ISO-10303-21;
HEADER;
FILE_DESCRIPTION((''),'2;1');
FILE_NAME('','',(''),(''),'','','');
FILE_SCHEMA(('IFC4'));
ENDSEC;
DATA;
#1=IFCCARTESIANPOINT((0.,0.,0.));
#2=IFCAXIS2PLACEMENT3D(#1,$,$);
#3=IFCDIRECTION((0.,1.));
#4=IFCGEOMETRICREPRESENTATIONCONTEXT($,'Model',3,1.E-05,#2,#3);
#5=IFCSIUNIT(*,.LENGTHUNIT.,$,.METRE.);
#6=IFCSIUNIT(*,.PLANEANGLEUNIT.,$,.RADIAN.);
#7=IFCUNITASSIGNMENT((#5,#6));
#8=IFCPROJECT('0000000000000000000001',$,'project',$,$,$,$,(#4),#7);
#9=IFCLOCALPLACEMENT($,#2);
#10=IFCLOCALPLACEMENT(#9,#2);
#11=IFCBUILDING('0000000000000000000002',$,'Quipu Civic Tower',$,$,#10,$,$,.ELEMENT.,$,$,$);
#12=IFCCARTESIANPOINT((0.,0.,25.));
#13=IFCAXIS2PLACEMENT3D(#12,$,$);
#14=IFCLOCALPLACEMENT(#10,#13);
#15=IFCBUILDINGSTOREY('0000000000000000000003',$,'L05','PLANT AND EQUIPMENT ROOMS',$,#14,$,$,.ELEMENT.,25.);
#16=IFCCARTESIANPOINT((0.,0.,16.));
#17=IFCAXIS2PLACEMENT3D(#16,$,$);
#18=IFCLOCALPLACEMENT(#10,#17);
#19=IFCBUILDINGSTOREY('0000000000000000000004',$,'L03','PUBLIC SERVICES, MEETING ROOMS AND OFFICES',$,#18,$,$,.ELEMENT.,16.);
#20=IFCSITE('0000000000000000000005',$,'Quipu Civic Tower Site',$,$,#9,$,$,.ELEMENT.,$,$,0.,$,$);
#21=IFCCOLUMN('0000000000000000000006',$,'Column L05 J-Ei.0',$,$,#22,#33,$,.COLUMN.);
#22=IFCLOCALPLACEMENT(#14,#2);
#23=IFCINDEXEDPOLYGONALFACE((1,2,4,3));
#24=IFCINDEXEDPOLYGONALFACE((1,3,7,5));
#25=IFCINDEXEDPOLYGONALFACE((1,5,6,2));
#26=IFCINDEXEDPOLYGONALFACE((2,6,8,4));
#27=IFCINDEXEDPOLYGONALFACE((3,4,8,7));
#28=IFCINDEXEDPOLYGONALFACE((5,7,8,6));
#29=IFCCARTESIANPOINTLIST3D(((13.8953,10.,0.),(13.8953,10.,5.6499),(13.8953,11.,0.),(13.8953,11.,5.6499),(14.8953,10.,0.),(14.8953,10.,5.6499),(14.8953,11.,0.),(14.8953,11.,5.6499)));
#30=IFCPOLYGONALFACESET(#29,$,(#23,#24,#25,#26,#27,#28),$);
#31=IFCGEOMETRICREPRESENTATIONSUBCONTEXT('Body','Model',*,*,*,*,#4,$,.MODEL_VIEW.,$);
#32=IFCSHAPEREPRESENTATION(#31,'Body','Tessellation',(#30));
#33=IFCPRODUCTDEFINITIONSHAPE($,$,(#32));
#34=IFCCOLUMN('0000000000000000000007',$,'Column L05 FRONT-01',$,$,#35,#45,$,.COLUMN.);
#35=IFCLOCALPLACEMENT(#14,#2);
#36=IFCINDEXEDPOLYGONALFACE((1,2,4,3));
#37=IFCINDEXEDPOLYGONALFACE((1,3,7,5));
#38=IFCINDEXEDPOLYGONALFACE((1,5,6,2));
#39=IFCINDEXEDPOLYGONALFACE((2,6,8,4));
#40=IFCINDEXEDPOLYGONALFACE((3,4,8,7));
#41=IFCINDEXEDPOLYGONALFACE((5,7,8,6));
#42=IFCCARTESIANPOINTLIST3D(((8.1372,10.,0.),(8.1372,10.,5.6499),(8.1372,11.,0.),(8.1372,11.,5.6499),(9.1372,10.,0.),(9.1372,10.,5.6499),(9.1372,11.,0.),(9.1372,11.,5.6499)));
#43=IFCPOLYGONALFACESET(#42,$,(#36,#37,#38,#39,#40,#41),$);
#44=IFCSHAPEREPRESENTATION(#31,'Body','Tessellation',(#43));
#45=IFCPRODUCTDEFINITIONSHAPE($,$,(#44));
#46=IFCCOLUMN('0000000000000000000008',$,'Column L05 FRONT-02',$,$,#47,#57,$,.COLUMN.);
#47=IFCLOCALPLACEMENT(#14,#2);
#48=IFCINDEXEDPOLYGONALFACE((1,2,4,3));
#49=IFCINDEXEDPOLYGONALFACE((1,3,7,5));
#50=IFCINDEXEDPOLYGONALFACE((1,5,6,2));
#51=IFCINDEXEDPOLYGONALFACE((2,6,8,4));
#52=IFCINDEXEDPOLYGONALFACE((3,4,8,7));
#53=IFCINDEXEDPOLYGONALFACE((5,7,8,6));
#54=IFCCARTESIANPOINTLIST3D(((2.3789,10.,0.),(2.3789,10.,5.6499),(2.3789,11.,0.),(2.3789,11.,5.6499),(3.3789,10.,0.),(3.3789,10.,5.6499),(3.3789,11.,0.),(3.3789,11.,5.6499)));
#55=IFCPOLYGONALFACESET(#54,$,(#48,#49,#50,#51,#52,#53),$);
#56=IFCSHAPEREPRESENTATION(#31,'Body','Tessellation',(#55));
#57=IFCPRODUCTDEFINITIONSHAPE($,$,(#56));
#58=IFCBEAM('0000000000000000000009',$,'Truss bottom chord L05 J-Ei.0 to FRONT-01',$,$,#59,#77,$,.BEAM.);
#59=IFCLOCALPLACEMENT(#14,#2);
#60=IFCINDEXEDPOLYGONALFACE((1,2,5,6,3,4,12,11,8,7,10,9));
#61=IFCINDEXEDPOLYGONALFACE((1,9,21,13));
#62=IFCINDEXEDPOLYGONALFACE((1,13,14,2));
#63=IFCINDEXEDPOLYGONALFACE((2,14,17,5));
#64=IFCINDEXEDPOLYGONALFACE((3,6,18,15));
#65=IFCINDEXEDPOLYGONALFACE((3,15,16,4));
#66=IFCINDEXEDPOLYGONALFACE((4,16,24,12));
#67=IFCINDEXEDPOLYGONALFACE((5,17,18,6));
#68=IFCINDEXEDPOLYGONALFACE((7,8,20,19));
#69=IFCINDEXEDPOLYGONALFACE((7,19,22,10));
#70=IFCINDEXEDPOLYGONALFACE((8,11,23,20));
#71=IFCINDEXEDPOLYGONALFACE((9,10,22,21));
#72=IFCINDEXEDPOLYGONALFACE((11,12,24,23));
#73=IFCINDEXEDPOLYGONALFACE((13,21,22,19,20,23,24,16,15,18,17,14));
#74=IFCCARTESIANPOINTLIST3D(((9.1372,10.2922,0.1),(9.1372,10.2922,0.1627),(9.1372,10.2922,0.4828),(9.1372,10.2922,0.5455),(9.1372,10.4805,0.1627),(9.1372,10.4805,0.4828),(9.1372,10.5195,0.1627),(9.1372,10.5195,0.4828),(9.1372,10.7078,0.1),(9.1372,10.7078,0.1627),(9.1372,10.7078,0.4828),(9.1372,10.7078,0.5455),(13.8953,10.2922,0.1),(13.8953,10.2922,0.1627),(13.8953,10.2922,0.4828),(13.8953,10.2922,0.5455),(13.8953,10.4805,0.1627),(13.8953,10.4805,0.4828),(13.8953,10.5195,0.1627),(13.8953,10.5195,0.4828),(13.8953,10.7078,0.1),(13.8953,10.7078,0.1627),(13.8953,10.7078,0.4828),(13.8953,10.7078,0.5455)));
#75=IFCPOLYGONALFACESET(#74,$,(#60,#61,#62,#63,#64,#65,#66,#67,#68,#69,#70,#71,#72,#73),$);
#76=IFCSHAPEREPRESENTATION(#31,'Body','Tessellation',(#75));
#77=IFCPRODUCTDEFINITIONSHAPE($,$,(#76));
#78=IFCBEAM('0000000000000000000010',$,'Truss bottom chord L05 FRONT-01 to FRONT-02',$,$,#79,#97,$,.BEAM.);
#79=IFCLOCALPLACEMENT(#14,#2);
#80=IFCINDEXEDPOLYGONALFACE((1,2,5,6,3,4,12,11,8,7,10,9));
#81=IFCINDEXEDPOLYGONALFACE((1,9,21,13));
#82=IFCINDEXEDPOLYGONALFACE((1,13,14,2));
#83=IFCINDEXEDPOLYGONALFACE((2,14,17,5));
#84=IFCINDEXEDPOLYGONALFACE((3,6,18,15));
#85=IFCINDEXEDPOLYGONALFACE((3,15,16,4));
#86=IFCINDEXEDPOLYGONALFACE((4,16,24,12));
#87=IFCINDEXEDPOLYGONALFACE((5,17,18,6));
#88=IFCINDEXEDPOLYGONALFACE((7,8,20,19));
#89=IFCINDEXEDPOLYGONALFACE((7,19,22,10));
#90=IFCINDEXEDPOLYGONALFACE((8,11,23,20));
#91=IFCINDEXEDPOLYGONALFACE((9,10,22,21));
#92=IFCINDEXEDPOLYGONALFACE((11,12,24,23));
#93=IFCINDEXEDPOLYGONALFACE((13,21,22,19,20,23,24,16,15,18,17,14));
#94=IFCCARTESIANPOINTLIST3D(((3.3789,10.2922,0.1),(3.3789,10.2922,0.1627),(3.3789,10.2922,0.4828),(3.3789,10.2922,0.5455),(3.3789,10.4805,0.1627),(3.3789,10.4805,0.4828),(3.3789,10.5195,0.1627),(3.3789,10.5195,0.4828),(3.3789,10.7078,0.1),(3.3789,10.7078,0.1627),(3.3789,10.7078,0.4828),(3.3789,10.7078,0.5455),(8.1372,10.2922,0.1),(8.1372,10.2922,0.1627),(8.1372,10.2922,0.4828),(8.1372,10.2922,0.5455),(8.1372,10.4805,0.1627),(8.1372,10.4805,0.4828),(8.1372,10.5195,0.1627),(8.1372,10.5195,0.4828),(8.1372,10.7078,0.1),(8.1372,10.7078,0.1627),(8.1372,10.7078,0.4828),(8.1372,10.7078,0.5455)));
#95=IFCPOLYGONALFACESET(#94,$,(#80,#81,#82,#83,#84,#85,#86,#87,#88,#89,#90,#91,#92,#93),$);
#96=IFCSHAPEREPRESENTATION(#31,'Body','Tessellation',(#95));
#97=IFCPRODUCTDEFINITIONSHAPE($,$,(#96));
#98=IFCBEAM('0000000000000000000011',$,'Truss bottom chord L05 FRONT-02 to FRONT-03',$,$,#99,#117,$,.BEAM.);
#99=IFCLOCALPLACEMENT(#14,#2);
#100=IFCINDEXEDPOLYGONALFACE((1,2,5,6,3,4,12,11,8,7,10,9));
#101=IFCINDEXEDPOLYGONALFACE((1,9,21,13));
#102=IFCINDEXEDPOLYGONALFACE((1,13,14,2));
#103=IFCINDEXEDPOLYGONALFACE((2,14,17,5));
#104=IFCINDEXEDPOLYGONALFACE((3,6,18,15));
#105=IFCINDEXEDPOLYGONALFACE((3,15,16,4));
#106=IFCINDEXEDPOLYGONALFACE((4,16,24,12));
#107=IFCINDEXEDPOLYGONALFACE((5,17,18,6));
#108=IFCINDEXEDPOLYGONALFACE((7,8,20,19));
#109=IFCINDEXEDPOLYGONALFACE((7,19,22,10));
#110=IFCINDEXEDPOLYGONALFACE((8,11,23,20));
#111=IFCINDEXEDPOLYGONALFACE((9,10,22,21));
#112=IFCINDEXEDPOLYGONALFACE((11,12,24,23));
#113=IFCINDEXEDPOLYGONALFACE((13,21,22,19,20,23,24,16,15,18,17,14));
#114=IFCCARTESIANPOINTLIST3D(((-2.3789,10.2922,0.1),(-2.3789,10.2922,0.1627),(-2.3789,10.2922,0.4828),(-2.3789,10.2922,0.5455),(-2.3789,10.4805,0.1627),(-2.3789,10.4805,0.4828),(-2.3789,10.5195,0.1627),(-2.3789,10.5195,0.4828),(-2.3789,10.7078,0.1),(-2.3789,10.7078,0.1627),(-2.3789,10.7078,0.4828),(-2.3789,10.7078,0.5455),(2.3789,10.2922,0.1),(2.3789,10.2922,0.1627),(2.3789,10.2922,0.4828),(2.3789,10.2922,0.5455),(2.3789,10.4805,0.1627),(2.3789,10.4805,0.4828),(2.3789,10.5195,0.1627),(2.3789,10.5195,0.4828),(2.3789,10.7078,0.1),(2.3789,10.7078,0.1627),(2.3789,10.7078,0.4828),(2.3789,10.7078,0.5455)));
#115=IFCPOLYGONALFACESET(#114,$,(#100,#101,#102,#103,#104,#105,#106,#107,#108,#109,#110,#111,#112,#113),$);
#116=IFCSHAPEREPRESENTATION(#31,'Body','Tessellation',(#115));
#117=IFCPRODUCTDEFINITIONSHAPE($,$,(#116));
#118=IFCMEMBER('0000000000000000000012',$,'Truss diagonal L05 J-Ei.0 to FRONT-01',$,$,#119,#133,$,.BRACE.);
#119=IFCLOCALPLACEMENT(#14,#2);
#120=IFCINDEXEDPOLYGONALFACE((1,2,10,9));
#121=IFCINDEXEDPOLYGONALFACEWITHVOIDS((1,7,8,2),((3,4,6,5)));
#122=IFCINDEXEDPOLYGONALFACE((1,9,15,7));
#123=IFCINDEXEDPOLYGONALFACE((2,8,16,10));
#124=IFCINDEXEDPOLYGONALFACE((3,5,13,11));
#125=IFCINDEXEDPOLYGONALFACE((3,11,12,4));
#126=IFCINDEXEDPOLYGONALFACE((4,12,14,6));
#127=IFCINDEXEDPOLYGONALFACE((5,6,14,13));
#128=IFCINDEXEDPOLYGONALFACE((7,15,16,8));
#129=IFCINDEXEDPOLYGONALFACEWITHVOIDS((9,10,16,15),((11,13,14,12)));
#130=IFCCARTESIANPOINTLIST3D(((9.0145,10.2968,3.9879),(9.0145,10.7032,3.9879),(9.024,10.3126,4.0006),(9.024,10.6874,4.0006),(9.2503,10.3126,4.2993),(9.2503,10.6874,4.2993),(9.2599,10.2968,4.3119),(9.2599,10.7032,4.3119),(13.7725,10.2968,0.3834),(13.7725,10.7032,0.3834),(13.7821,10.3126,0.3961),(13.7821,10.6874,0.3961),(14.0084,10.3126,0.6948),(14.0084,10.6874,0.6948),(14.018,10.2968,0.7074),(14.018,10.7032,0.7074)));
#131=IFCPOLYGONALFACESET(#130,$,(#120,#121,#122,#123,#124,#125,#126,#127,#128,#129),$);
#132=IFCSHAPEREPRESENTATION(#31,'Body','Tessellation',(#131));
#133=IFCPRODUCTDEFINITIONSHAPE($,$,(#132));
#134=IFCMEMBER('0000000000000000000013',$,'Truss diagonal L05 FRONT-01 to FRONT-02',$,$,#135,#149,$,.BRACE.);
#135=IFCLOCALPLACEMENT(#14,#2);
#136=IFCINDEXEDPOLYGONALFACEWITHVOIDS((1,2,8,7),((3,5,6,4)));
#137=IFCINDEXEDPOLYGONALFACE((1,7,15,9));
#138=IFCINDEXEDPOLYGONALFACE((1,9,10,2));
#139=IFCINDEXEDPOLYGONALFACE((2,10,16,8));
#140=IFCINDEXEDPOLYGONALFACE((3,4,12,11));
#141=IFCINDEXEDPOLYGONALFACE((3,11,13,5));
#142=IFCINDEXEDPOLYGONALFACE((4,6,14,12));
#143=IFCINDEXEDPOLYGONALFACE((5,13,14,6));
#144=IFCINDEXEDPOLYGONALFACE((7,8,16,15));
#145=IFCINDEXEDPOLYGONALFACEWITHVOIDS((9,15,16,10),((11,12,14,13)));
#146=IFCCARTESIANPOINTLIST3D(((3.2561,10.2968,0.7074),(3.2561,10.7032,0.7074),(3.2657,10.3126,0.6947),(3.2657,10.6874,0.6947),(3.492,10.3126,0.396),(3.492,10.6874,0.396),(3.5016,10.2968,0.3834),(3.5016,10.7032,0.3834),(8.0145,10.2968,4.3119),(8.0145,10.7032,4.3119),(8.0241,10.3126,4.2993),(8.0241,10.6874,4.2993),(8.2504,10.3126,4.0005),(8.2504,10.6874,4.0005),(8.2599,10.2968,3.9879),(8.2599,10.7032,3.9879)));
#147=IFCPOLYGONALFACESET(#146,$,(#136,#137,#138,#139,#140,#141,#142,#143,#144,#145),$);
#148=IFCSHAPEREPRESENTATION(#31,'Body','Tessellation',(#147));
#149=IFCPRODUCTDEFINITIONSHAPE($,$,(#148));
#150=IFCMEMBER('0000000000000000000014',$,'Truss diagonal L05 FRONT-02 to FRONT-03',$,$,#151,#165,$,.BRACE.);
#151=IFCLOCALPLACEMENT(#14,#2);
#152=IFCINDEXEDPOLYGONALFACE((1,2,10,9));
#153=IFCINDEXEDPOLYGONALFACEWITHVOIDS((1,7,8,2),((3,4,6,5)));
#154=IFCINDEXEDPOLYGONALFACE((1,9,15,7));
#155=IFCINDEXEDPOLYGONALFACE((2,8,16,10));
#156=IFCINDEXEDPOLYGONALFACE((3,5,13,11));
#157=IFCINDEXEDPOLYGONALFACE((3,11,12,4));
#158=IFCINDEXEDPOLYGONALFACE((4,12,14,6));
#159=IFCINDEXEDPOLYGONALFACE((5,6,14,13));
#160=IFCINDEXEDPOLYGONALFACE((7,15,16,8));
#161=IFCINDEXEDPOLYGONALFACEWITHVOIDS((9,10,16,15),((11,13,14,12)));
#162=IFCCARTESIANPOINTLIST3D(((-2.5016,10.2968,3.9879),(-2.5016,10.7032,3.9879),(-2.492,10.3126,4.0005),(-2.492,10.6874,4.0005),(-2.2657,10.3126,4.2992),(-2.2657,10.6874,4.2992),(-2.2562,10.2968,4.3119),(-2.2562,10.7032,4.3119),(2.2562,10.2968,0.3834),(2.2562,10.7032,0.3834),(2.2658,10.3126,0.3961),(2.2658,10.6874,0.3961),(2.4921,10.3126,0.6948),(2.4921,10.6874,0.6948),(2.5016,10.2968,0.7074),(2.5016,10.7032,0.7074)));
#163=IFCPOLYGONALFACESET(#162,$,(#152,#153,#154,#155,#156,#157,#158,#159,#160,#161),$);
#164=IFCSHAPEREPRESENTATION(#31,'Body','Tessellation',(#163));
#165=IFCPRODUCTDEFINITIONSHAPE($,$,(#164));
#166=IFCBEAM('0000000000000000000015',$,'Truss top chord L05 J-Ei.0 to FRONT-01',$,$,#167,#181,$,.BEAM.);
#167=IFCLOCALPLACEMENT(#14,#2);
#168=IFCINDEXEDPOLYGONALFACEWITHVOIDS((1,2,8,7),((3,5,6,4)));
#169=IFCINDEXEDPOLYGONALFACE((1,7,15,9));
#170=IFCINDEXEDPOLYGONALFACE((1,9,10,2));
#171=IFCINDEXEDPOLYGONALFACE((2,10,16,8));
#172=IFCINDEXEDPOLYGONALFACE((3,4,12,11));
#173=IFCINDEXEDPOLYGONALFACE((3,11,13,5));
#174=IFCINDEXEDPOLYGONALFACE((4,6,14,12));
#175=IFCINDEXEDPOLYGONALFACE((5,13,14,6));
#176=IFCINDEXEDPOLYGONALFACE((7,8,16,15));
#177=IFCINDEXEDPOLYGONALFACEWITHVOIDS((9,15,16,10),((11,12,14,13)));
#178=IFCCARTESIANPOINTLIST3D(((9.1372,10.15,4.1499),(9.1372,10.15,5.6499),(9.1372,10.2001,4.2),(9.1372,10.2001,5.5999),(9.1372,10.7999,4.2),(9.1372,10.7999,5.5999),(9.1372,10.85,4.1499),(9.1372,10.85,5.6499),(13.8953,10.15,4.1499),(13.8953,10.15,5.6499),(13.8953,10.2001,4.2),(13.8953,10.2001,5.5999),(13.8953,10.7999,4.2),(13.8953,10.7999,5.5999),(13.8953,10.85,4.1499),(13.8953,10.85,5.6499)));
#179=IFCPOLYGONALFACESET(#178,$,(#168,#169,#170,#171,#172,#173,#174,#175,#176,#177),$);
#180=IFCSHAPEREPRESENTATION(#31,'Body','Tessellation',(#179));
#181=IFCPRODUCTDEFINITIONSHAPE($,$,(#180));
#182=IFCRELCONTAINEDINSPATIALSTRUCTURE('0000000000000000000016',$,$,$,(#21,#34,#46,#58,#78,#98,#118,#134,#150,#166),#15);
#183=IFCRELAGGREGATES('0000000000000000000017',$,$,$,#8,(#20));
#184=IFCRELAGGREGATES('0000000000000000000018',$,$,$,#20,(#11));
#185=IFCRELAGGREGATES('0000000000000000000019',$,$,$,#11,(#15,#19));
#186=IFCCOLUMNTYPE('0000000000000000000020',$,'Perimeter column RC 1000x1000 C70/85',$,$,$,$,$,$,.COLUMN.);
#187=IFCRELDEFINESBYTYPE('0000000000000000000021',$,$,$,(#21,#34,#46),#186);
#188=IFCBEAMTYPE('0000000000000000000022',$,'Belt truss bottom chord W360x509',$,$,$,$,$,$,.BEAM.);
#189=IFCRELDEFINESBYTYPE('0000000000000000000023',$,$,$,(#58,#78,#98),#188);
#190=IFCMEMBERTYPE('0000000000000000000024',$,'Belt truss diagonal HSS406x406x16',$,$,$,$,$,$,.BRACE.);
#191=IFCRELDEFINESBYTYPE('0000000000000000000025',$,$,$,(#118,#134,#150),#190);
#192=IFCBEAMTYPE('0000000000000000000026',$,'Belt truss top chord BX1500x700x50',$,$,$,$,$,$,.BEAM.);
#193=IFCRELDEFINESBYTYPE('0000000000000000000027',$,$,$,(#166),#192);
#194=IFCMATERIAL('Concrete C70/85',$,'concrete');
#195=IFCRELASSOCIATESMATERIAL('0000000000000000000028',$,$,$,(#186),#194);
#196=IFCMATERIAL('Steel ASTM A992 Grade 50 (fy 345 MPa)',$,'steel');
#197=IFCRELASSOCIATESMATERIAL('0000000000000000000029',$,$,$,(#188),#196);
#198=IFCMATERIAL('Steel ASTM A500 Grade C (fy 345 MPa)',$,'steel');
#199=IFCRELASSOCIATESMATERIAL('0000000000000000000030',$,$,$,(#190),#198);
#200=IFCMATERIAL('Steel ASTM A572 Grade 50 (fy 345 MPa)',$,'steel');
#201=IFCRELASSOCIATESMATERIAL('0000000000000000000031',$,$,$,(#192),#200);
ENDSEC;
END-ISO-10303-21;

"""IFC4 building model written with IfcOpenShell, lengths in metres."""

from ifc_helpers import new_model, si_unit, direction, frame, origin, origin_2d, place, context, subcontext, project, spatial, rectangle, hollow_rectangle, i_section, extrude, material, material_profile, profile_set, type_object, element, save


model = new_model("IFC4")

# Units and contexts
model_context = context("Model", 3, precision=1e-05, world=origin(), true_north=direction((0.0, 1.0)))
body_context = subcontext(model_context, "Body", "Model", "MODEL_VIEW")
ifc_project = project(units=[si_unit("LENGTHUNIT", "METRE"), si_unit("PLANEANGLEUNIT", "RADIAN")], contexts=[model_context])

# Site, building, storey
site_placement = place(None, origin())
site = spatial("IfcSite", under=ifc_project, at=site_placement, Name="Quipu Civic Tower Site", CompositionType="ELEMENT", RefElevation=0.0)
building_placement = place(site_placement, origin())
building = spatial("IfcBuilding", under=site, at=building_placement, Name="Quipu Civic Tower", CompositionType="ELEMENT")
storey_1_placement = place(building_placement, frame((0.0, 0.0, 25.0)))
storey_1 = spatial("IfcBuildingStorey", under=building, at=storey_1_placement, Name="L05", Description="PLANT AND EQUIPMENT ROOMS", CompositionType="ELEMENT", Elevation=25.0)

# Columns
ifc_material_1 = material(Name="Concrete C70/85", Category="concrete")
ifc_material_profile_1 = material_profile(ifc_material_1, rectangle(XDim=1.0, YDim=1.0, at=origin_2d()), Name="RC1000x1000")
ifc_profile_set_1 = profile_set([ifc_material_profile_1], Name="Concrete C70/85")
column_type = type_object("IfcColumnType", Name="Perimeter column RC 1000x1000 C70/85", PredefinedType="COLUMN", material=ifc_profile_set_1)
for number, where, z_axis, x_axis, name in (
    (1, (14.3953, 10.5, 0.0), (0.0, 0.0, 1.0), (-1.0, 0.0, 0.0), "Column L05 J-Ei.0"),
    (2, (8.6372, 10.5, 0.0), (0.0, 0.0, 1.0), (-1.0, 0.0, 0.0), "Column L05 FRONT-01"),
    (3, (2.8789, 10.5, 0.0), (0.0, 0.0, 1.0), (-1.0, 0.0, 0.0), "Column L05 FRONT-02"),
):
    element("IfcColumn", number, at=place(storey_1_placement, frame(where, z_axis=z_axis, x_axis=x_axis)), inside=storey_1, type_object=column_type, Name=name, PredefinedType="COLUMN", context=body_context, shape_type="SweptSolid", body=[
        extrude(rectangle(XDim=1.0, YDim=1.0, at=origin_2d()), origin(), (0.0, 0.0, 1.0), 5.6499),
    ])

# Beams
ifc_material_2 = material(Name="Steel ASTM A992 Grade 50 (fy 345 MPa)", Category="steel")
ifc_material_profile_2 = material_profile(ifc_material_2, i_section(OverallWidth=0.4155, OverallDepth=0.4456, WebThickness=0.0391, FlangeThickness=0.0627, at=origin_2d()), Name="W360x509")
ifc_profile_set_2 = profile_set([ifc_material_profile_2], Name="Steel ASTM A992 Grade 50 (fy 345 MPa)")
beam_type_1 = type_object("IfcBeamType", Name="Belt truss bottom chord W360x509", PredefinedType="BEAM", material=ifc_profile_set_2)
beam_1_placement = place(storey_1_placement, frame((13.8953, 10.5, 0.3228), z_axis=(-1.0, 0.0, 0.0), x_axis=(0.0, -1.0, 0.0)))
element("IfcBeam", 4, at=beam_1_placement, inside=storey_1, type_object=beam_type_1, Name="Truss bottom chord L05 J-Ei.0 to FRONT-01", PredefinedType="BEAM", context=body_context, shape_type="SweptSolid", body=[
    extrude(i_section(OverallWidth=0.4155, OverallDepth=0.4456, WebThickness=0.0391, FlangeThickness=0.0627, at=origin_2d()), origin(), (0.0, 0.0, 1.0), 4.7581),
])
beam_2_placement = place(storey_1_placement, frame((8.1372, 10.5, 0.3228), z_axis=(-1.0, 0.0, 0.0), x_axis=(0.0, -1.0, 0.0)))
element("IfcBeam", 5, at=beam_2_placement, inside=storey_1, type_object=beam_type_1, Name="Truss bottom chord L05 FRONT-01 to FRONT-02", PredefinedType="BEAM", context=body_context, shape_type="SweptSolid", body=[
    extrude(i_section(OverallWidth=0.4155, OverallDepth=0.4456, WebThickness=0.0391, FlangeThickness=0.0627, at=origin_2d()), origin(), (0.0, 0.0, 1.0), 4.7583),
])
beam_3_placement = place(storey_1_placement, frame((2.3789, 10.5, 0.3228), z_axis=(-1.0, 0.0, 0.0), x_axis=(0.0, -1.0, 0.0)))
element("IfcBeam", 6, at=beam_3_placement, inside=storey_1, type_object=beam_type_1, Name="Truss bottom chord L05 FRONT-02 to FRONT-03", PredefinedType="BEAM", context=body_context, shape_type="SweptSolid", body=[
    extrude(i_section(OverallWidth=0.4155, OverallDepth=0.4456, WebThickness=0.0391, FlangeThickness=0.0627, at=origin_2d()), origin(), (0.0, 0.0, 1.0), 4.7578),
])

# Members
ifc_material_3 = material(Name="Steel ASTM A500 Grade C (fy 345 MPa)", Category="steel")
ifc_material_profile_3 = material_profile(ifc_material_3, hollow_rectangle(XDim=0.4065, YDim=0.4065, WallThickness=0.0159, at=origin_2d()), Name="HSS406x406x16")
ifc_profile_set_3 = profile_set([ifc_material_profile_3], Name="Steel ASTM A500 Grade C (fy 345 MPa)")
member_type_1 = type_object("IfcMemberType", Name="Belt truss diagonal HSS406x406x16", PredefinedType="BRACE", material=ifc_profile_set_3)
member_1_placement = place(storey_1_placement, frame((13.8953, 10.5, 0.5454), z_axis=(-0.7971, 0.0, 0.603847), x_axis=(0.0, -1.0, 0.0)))
element("IfcMember", 7, at=member_1_placement, inside=storey_1, type_object=member_type_1, Name="Truss diagonal L05 J-Ei.0 to FRONT-01", PredefinedType="BRACE", context=body_context, shape_type="SweptSolid", body=[
    extrude(hollow_rectangle(XDim=0.4065, YDim=0.4065, WallThickness=0.0159, at=origin_2d()), origin(), (0.0, 0.0, 1.0), 5.9692),
])
member_2_placement = place(storey_1_placement, frame((8.1372, 10.5, 4.1499), z_axis=(-0.797115, 0.0, -0.603828), x_axis=(0.0, -1.0, 0.0)))
element("IfcMember", 8, at=member_2_placement, inside=storey_1, type_object=member_type_1, Name="Truss diagonal L05 FRONT-01 to FRONT-02", PredefinedType="BRACE", context=body_context, shape_type="SweptSolid", body=[
    extrude(hollow_rectangle(XDim=0.4065, YDim=0.4065, WallThickness=0.0159, at=origin_2d()), origin(), (0.0, 0.0, 1.0), 5.9695),
])
member_3_placement = place(storey_1_placement, frame((2.3789, 10.5, 0.5454), z_axis=(-0.797085, 0.0, 0.603867), x_axis=(0.0, -1.0, 0.0)))
element("IfcMember", 9, at=member_3_placement, inside=storey_1, type_object=member_type_1, Name="Truss diagonal L05 FRONT-02 to FRONT-03", PredefinedType="BRACE", context=body_context, shape_type="SweptSolid", body=[
    extrude(hollow_rectangle(XDim=0.4065, YDim=0.4065, WallThickness=0.0159, at=origin_2d()), origin(), (0.0, 0.0, 1.0), 5.969),
])

# Beam
ifc_material_4 = material(Name="Steel ASTM A572 Grade 50 (fy 345 MPa)", Category="steel")
ifc_material_profile_4 = material_profile(ifc_material_4, hollow_rectangle(XDim=0.7, YDim=1.5, WallThickness=0.05, at=origin_2d()), Name="BX1500x700x50")
ifc_profile_set_4 = profile_set([ifc_material_profile_4], Name="Steel ASTM A572 Grade 50 (fy 345 MPa)")
beam_type_2 = type_object("IfcBeamType", Name="Belt truss top chord BX1500x700x50", PredefinedType="BEAM", material=ifc_profile_set_4)
beam_4_placement = place(storey_1_placement, frame((13.8953, 10.5, 4.8999), z_axis=(-1.0, 0.0, 0.0), x_axis=(0.0, -1.0, 0.0)))
element("IfcBeam", 10, at=beam_4_placement, inside=storey_1, type_object=beam_type_2, Name="Truss top chord L05 J-Ei.0 to FRONT-01", PredefinedType="BEAM", context=body_context, shape_type="SweptSolid", body=[
    extrude(hollow_rectangle(XDim=0.7, YDim=1.5, WallThickness=0.05, at=origin_2d()), origin(), (0.0, 0.0, 1.0), 4.7581),
])

# Shared definitions
storey_2_placement = place(building_placement, frame((0.0, 0.0, 16.0)))
storey_2 = spatial("IfcBuildingStorey", under=building, at=storey_2_placement, Name="L03", Description="PUBLIC SERVICES, MEETING ROOMS AND OFFICES", CompositionType="ELEMENT", Elevation=16.0)

save(model, "model.ifc")
